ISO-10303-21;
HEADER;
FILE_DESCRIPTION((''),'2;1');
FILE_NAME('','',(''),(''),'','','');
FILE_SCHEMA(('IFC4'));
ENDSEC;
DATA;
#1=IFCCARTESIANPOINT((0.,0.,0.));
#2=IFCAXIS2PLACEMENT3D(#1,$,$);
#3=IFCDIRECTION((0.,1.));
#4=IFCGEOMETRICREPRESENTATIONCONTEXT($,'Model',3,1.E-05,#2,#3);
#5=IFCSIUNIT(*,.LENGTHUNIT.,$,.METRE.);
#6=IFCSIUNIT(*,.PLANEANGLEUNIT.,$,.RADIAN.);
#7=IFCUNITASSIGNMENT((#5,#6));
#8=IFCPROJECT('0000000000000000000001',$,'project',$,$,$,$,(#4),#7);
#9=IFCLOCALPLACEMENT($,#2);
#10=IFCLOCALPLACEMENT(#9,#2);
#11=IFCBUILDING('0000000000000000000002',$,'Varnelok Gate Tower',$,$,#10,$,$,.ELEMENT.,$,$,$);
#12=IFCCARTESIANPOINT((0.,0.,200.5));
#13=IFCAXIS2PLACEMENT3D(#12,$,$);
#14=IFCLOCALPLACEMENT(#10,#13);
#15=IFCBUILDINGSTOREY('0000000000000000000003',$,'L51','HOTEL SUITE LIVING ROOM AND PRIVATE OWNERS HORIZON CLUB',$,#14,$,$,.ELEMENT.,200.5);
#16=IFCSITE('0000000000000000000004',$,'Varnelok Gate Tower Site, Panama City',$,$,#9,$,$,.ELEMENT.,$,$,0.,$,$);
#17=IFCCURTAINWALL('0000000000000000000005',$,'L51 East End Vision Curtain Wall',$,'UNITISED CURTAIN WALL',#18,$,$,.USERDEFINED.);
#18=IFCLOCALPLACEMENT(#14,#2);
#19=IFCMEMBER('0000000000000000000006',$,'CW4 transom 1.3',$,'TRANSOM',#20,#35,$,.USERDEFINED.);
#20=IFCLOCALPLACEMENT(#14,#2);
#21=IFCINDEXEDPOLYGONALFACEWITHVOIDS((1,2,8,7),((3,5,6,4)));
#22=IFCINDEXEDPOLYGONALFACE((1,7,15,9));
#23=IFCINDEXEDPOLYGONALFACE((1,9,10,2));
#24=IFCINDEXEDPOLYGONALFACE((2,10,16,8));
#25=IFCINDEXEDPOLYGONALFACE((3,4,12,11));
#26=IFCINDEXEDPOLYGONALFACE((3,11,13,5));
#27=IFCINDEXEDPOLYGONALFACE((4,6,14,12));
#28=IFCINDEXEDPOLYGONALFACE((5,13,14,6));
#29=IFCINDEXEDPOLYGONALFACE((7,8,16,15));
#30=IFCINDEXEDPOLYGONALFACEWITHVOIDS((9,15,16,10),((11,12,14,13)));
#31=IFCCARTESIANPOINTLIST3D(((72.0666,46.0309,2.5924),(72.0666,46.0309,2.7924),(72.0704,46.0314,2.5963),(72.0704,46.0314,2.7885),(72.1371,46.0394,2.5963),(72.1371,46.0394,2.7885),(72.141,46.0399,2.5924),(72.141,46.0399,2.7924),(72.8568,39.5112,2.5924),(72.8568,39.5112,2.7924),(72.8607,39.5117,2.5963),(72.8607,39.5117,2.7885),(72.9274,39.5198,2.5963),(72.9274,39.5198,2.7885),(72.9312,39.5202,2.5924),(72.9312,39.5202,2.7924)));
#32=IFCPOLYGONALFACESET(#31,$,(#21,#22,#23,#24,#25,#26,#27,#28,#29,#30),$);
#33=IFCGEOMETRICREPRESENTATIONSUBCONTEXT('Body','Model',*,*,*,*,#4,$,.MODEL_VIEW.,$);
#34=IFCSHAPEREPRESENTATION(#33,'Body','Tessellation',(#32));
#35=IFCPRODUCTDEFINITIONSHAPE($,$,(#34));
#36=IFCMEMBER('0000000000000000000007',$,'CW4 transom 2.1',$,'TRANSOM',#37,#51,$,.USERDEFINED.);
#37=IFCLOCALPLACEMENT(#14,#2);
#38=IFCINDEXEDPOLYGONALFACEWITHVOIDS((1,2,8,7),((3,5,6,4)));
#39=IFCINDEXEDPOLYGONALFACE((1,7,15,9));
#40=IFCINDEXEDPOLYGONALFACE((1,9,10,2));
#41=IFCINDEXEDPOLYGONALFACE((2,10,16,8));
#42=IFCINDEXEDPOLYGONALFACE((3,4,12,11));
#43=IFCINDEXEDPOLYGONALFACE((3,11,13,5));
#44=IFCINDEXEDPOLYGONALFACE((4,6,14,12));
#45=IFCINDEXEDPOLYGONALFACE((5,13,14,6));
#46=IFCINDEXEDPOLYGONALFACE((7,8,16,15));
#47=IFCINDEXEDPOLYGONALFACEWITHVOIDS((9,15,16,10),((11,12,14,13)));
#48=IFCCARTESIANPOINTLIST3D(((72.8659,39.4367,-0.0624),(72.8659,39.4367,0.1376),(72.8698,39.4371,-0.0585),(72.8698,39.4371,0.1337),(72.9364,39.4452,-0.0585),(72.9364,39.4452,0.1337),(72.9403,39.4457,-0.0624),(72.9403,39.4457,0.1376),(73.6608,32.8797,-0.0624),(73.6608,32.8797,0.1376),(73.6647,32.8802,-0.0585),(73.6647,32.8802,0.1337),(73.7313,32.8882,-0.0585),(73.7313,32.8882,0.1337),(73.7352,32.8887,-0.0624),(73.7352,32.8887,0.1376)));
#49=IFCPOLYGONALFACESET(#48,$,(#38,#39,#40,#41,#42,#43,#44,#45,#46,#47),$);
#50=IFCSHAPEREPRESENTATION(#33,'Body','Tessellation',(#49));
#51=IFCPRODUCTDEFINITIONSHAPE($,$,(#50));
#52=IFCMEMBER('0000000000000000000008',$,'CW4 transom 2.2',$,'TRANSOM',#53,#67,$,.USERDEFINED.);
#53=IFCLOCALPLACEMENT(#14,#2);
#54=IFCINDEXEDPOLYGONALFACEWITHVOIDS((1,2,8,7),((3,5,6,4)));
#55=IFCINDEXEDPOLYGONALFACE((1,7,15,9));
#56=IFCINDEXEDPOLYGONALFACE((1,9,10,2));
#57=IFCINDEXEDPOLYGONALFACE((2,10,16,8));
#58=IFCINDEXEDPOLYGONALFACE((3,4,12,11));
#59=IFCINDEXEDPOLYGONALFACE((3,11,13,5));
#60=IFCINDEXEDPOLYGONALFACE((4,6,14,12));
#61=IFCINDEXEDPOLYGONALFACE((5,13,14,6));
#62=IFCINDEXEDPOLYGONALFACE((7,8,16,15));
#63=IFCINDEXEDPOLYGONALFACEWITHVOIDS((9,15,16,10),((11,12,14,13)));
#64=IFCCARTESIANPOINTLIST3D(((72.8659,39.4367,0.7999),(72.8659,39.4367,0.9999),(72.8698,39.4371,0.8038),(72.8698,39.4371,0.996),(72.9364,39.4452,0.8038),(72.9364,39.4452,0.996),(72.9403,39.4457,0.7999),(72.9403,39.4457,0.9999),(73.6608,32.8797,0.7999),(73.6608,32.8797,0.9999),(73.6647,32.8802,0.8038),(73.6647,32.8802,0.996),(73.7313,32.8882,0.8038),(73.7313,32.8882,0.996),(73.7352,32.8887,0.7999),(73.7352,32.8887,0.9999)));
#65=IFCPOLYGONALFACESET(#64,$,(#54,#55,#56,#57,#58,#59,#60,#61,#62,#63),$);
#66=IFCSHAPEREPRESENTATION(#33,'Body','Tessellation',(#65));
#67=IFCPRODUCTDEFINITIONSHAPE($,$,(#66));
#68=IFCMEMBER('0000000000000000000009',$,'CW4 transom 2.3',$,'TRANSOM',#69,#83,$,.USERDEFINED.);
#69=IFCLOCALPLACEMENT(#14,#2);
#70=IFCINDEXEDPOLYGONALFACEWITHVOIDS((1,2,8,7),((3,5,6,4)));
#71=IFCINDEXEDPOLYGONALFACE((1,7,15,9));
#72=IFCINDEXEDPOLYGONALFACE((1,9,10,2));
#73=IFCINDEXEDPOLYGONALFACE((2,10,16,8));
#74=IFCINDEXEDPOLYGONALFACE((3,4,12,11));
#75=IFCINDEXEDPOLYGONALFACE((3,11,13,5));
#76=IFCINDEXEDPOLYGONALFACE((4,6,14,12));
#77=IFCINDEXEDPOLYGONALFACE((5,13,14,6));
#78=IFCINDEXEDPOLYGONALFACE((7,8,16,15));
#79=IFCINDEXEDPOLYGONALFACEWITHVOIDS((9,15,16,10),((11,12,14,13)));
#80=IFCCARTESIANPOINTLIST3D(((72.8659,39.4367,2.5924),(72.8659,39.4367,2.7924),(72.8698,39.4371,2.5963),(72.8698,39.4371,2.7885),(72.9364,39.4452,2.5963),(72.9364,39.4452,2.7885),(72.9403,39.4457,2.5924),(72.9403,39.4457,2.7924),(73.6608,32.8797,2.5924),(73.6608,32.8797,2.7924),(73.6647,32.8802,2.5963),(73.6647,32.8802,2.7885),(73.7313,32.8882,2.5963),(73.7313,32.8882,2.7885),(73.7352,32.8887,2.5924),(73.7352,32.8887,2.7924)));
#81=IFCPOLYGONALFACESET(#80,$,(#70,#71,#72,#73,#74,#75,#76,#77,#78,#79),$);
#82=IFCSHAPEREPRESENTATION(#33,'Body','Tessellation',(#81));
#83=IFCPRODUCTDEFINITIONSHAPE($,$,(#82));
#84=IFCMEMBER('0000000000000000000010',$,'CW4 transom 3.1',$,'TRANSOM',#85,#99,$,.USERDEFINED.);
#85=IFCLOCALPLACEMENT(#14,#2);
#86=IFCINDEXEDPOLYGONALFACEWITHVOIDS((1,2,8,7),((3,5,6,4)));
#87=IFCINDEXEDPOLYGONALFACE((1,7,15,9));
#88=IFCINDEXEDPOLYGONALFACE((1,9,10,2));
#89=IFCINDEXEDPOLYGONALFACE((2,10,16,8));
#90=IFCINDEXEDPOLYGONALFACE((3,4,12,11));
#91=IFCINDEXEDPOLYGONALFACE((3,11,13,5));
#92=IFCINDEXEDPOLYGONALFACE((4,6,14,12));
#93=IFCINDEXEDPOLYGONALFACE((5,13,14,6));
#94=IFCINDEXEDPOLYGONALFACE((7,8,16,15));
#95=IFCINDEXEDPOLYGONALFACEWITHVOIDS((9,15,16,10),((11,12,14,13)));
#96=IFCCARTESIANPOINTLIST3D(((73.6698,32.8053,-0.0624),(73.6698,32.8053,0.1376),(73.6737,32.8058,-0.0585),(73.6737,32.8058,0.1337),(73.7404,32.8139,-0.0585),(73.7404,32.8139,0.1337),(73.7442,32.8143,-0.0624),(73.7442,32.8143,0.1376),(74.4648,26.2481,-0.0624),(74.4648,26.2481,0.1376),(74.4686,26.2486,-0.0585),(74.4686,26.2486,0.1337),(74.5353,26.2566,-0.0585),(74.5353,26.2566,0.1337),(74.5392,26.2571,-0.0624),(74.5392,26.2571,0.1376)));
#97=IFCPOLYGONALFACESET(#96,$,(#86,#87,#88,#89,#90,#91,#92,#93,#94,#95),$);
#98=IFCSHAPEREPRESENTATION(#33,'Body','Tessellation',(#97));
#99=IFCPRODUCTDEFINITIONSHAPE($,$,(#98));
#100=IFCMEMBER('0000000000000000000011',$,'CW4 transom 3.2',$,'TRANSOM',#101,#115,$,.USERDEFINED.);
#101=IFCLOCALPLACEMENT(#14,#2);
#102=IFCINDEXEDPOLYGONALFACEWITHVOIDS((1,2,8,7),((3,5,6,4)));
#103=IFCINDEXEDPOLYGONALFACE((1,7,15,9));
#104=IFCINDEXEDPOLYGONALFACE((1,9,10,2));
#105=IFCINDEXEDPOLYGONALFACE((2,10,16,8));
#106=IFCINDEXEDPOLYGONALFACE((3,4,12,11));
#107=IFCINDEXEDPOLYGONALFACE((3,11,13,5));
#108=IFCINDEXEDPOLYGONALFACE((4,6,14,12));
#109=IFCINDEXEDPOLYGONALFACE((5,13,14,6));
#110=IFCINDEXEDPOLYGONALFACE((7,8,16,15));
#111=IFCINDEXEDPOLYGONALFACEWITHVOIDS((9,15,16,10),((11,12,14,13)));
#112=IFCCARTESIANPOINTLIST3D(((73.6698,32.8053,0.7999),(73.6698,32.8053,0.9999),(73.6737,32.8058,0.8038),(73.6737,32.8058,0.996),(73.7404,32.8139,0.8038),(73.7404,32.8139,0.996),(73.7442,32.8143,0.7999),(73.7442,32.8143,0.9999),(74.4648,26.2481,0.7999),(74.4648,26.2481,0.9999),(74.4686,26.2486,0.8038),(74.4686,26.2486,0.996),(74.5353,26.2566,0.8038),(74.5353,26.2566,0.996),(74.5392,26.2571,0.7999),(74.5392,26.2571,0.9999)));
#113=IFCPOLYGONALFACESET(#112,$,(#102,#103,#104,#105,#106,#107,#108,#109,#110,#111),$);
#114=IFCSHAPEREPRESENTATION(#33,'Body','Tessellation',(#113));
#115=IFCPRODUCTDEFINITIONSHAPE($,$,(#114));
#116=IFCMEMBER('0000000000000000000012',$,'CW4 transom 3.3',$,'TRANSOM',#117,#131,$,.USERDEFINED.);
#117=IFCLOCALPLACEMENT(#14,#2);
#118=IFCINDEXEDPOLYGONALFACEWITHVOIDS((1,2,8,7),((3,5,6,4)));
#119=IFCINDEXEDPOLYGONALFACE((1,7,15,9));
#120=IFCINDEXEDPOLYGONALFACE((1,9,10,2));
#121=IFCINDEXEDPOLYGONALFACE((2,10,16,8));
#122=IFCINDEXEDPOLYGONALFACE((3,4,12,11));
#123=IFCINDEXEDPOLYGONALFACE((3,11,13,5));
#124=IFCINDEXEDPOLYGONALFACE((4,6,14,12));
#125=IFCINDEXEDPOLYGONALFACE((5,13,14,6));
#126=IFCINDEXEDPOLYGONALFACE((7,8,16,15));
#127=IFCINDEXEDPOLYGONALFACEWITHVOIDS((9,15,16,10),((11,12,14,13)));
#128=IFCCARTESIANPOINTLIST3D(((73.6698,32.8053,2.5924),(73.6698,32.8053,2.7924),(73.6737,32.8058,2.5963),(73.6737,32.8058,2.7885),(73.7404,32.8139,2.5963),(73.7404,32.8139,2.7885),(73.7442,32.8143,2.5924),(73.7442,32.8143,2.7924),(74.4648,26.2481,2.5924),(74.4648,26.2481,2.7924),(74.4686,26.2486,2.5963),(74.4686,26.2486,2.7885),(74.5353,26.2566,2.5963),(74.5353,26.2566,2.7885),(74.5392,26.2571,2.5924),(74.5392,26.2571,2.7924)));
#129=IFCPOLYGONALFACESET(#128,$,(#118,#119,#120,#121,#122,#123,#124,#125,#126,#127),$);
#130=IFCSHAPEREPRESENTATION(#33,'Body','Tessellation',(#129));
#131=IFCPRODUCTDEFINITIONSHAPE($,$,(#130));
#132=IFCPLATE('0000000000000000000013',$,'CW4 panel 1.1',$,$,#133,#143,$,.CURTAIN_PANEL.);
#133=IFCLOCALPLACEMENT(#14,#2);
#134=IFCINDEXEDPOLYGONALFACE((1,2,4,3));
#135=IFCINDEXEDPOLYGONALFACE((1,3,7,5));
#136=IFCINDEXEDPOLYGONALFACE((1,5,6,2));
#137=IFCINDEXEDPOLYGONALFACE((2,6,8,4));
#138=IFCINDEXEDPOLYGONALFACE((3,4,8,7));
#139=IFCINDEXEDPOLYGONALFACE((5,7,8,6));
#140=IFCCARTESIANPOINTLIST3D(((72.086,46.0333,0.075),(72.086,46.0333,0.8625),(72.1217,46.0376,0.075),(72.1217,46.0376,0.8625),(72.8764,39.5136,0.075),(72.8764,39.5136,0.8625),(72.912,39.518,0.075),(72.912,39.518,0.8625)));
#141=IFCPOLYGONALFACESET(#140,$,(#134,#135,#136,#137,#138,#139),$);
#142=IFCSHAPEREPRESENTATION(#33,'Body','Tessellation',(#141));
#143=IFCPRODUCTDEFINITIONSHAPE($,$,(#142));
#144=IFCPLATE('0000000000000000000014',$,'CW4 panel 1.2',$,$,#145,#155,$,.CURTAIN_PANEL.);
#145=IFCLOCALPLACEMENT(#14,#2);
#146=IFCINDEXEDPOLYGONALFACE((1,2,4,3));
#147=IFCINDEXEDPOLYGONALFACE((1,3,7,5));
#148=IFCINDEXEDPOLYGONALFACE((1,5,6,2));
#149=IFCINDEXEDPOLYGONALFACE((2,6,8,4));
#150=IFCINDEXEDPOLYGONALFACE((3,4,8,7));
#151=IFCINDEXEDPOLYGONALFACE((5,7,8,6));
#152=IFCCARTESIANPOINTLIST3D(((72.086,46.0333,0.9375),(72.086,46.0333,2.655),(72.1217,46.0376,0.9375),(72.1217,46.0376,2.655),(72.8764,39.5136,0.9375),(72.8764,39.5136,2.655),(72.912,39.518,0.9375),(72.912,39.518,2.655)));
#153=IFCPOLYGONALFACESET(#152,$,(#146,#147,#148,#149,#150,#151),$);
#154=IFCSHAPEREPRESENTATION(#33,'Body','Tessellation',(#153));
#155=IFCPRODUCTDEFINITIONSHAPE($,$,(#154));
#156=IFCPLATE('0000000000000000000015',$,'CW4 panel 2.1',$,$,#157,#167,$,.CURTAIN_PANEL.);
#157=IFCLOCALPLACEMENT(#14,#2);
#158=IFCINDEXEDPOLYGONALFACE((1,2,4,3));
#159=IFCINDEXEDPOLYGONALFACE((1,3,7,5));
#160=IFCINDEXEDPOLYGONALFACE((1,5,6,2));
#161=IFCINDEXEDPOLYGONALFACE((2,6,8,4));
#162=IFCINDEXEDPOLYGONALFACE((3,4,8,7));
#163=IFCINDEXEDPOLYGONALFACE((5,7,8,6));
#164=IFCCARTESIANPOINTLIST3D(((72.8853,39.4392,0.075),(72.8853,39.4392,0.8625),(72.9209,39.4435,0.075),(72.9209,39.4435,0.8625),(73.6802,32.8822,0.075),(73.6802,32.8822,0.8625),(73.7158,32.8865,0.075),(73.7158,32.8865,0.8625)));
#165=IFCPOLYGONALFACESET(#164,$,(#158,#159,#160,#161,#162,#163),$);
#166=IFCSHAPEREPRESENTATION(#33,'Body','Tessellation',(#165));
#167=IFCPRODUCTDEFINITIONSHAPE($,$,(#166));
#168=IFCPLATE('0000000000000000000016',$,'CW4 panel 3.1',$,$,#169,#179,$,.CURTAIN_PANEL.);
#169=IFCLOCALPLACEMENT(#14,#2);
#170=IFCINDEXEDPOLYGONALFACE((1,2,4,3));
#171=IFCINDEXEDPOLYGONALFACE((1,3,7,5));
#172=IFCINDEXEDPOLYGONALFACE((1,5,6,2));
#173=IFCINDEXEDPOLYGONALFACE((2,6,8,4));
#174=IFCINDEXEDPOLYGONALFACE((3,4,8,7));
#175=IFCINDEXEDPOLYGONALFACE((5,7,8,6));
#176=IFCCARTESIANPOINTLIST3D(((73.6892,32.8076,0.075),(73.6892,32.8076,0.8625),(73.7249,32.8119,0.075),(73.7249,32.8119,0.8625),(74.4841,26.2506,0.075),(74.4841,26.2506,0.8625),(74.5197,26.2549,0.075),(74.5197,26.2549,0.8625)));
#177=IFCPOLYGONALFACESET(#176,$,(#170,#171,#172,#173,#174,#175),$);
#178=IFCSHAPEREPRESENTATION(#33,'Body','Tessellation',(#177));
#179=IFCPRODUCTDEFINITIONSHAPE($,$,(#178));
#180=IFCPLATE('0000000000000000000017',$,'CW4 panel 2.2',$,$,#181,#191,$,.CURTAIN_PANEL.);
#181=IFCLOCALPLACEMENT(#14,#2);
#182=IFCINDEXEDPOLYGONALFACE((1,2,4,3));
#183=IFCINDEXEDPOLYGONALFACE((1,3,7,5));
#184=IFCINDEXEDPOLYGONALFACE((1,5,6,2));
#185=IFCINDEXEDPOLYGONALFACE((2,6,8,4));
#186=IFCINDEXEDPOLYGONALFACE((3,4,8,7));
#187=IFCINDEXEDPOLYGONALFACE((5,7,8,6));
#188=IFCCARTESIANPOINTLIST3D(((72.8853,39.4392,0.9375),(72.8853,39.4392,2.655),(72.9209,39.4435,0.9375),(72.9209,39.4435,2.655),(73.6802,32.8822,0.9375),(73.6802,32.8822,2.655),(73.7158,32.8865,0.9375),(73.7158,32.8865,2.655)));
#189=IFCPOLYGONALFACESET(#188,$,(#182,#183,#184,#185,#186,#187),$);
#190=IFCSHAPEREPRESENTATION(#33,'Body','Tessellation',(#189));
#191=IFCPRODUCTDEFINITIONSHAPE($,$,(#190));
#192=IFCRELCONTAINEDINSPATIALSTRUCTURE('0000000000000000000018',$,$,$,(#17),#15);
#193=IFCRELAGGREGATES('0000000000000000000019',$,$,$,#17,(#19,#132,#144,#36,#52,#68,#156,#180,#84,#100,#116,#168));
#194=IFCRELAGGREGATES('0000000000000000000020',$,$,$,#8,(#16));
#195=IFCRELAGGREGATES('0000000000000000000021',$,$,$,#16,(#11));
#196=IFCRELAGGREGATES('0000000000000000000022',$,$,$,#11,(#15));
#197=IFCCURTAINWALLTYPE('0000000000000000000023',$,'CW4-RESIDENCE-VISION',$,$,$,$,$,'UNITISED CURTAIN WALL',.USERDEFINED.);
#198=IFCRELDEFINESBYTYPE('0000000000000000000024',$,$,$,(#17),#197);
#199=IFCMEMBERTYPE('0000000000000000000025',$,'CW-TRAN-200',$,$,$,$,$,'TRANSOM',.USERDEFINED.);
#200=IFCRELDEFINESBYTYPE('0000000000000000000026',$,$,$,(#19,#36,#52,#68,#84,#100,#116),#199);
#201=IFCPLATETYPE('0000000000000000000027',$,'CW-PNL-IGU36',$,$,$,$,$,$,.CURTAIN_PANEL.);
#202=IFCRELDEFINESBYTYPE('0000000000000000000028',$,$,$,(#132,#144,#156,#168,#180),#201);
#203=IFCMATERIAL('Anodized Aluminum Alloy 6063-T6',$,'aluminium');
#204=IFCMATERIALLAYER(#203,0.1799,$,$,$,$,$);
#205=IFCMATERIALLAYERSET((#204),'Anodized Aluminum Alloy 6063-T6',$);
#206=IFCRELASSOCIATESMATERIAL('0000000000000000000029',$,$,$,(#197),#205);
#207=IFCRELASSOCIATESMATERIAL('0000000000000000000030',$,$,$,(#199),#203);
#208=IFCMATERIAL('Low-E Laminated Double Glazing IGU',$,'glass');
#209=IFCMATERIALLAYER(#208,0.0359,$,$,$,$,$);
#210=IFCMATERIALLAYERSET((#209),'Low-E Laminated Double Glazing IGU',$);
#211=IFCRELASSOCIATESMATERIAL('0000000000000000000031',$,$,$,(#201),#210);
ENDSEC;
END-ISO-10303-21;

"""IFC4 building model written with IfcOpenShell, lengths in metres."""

from ifc_helpers import new_model, si_unit, direction, frame, origin, origin_2d, place, context, subcontext, project, spatial, rectangle, hollow_rectangle, extrude, source, transform, mapped, material, layer, layer_set, material_profile, profile_set, type_object, element, aggregate, save


model = new_model("IFC4")

# Units and contexts
model_context = context("Model", 3, precision=1e-05, world=origin(), true_north=direction((0.0, 1.0)))
body_context = subcontext(model_context, "Body", "Model", "MODEL_VIEW")
ifc_project = project(units=[si_unit("LENGTHUNIT", "METRE"), si_unit("PLANEANGLEUNIT", "RADIAN")], contexts=[model_context])

# Site, building, storey
site_placement = place(None, origin())
site = spatial("IfcSite", under=ifc_project, at=site_placement, Name="Varnelok Gate Tower Site, Panama City", CompositionType="ELEMENT", RefElevation=0.0)
building_placement = place(site_placement, origin())
building = spatial("IfcBuilding", under=site, at=building_placement, Name="Varnelok Gate Tower", CompositionType="ELEMENT")
storey_placement = place(building_placement, frame((0.0, 0.0, 200.5)))
storey = spatial("IfcBuildingStorey", under=building, at=storey_placement, Name="L51", Description="HOTEL SUITE LIVING ROOM AND PRIVATE OWNERS HORIZON CLUB", CompositionType="ELEMENT", Elevation=200.5)

# Curtain wall, members, plates
ifc_material_1 = material(Name="Anodized Aluminum Alloy 6063-T6", Category="aluminium")
ifc_layer_1 = layer(ifc_material_1, 0.1799)
ifc_layer_set_1 = layer_set([ifc_layer_1], Name="Anodized Aluminum Alloy 6063-T6")
curtain_wall_type = type_object("IfcCurtainWallType", Name="CW4-RESIDENCE-VISION", ElementType="UNITISED CURTAIN WALL", PredefinedType="USERDEFINED", material=ifc_layer_set_1)
curtain_wall_placement = place(storey_placement, origin())
curtain_wall = element("IfcCurtainWall", 1, at=curtain_wall_placement, inside=storey, type_object=curtain_wall_type, Name="L51 East End Vision Curtain Wall", ObjectType="UNITISED CURTAIN WALL", PredefinedType="USERDEFINED")
ifc_material_profile_1 = material_profile(ifc_material_1, hollow_rectangle(XDim=0.075, YDim=0.2, WallThickness=0.0039, at=origin_2d()), Name="ALU200X75X4")
ifc_profile_set_1 = profile_set([ifc_material_profile_1], Name="Anodized Aluminum Alloy 6063-T6")
member_type_1 = type_object("IfcMemberType", Name="CW-TRAN-200", ElementType="TRANSOM", PredefinedType="USERDEFINED", material=ifc_profile_set_1)
member_1_placement = place(storey_placement, frame((72.1038, 46.0354, 2.6924), z_axis=(0.120332, -0.992734, 0.0), x_axis=(0.992734, 0.120332, 0.0)))
member_1 = element("IfcMember", 2, at=member_1_placement, type_object=member_type_1, Name="CW4 transom 1.3", ObjectType="TRANSOM", PredefinedType="USERDEFINED", context=body_context, shape_type="SweptSolid", body=[
    extrude(hollow_rectangle(XDim=0.075, YDim=0.2, WallThickness=0.0039, at=origin_2d()), origin(), (0.0, 0.0, 1.0), 6.5674),
])
member_2_placement = place(storey_placement, frame((72.9031, 39.4412, 0.0376), z_axis=(0.120353, -0.992731, 0.0), x_axis=(0.992731, 0.120353, 0.0)))
member_2 = element("IfcMember", 3, at=member_2_placement, type_object=member_type_1, Name="CW4 transom 2.1", ObjectType="TRANSOM", PredefinedType="USERDEFINED", context=body_context, shape_type="SweptSolid", body=[
    extrude(hollow_rectangle(XDim=0.075, YDim=0.2, WallThickness=0.0039, at=origin_2d()), origin(), (0.0, 0.0, 1.0), 6.605),
])
member_3_placement = place(storey_placement, frame((72.9031, 39.4412, 0.8999), z_axis=(0.120353, -0.992731, 0.0), x_axis=(0.992731, 0.120353, 0.0)))
member_3 = element("IfcMember", 4, at=member_3_placement, type_object=member_type_1, Name="CW4 transom 2.2", ObjectType="TRANSOM", PredefinedType="USERDEFINED", context=body_context, shape_type="SweptSolid", body=[
    extrude(hollow_rectangle(XDim=0.075, YDim=0.2, WallThickness=0.0039, at=origin_2d()), origin(), (0.0, 0.0, 1.0), 6.605),
])
member_4_placement = place(storey_placement, frame((72.9031, 39.4412, 2.6924), z_axis=(0.120353, -0.992731, 0.0), x_axis=(0.992731, 0.120353, 0.0)))
member_4 = element("IfcMember", 5, at=member_4_placement, type_object=member_type_1, Name="CW4 transom 2.3", ObjectType="TRANSOM", PredefinedType="USERDEFINED", context=body_context, shape_type="SweptSolid", body=[
    extrude(hollow_rectangle(XDim=0.075, YDim=0.2, WallThickness=0.0039, at=origin_2d()), origin(), (0.0, 0.0, 1.0), 6.605),
])
member_5_placement = place(storey_placement, frame((73.707, 32.8098, 0.0376), z_axis=(0.120349, -0.992732, 0.0), x_axis=(0.992732, 0.120349, 0.0)))
member_5 = element("IfcMember", 6, at=member_5_placement, type_object=member_type_1, Name="CW4 transom 3.1", ObjectType="TRANSOM", PredefinedType="USERDEFINED", context=body_context, shape_type="SweptSolid", body=[
    extrude(hollow_rectangle(XDim=0.075, YDim=0.2, WallThickness=0.0039, at=origin_2d()), origin(), (0.0, 0.0, 1.0), 6.6052),
])
member_6_placement = place(storey_placement, frame((73.707, 32.8098, 0.8999), z_axis=(0.120349, -0.992732, 0.0), x_axis=(0.992732, 0.120349, 0.0)))
member_6 = element("IfcMember", 7, at=member_6_placement, type_object=member_type_1, Name="CW4 transom 3.2", ObjectType="TRANSOM", PredefinedType="USERDEFINED", context=body_context, shape_type="SweptSolid", body=[
    extrude(hollow_rectangle(XDim=0.075, YDim=0.2, WallThickness=0.0039, at=origin_2d()), origin(), (0.0, 0.0, 1.0), 6.6052),
])
member_7_placement = place(storey_placement, frame((73.707, 32.8098, 2.6924), z_axis=(0.120349, -0.992732, 0.0), x_axis=(0.992732, 0.120349, 0.0)))
member_7 = element("IfcMember", 8, at=member_7_placement, type_object=member_type_1, Name="CW4 transom 3.3", ObjectType="TRANSOM", PredefinedType="USERDEFINED", context=body_context, shape_type="SweptSolid", body=[
    extrude(hollow_rectangle(XDim=0.075, YDim=0.2, WallThickness=0.0039, at=origin_2d()), origin(), (0.0, 0.0, 1.0), 6.6052),
])
ifc_material_2 = material(Name="Low-E Laminated Double Glazing IGU", Category="glass")
ifc_layer_2 = layer(ifc_material_2, 0.0359)
ifc_layer_set_2 = layer_set([ifc_layer_2], Name="Low-E Laminated Double Glazing IGU")
plate_type = type_object("IfcPlateType", Name="CW-PNL-IGU36", PredefinedType="CURTAIN_PANEL", material=ifc_layer_set_2)
shared_shape_1 = source(origin(), body_context, "Body", "SweptSolid", [
    extrude(rectangle(XDim=6.5674, YDim=0.0359, at=origin_2d()), origin(), (0.0, 0.0, 1.0), 0.7876),
])
plate_1_placement = place(storey_placement, frame((72.499, 42.7756, 0.075), z_axis=(0.0, 0.0, 1.0), x_axis=(0.120345, -0.992732, 0.0)))
plate_1 = element("IfcPlate", 9, at=plate_1_placement, type_object=plate_type, Name="CW4 panel 1.1", PredefinedType="CURTAIN_PANEL", context=body_context, shape_type="MappedRepresentation", body=[
    mapped(shared_shape_1, transform((0.0, 0.0, 0.0), scale=1.0)),
])
shared_shape_2 = source(origin(), body_context, "Body", "SweptSolid", [
    extrude(rectangle(XDim=6.5674, YDim=0.0359, at=origin_2d()), origin(), (0.0, 0.0, 1.0), 1.7175),
])
plate_2_placement = place(storey_placement, frame((72.499, 42.7756, 0.9375), z_axis=(0.0, 0.0, 1.0), x_axis=(0.120345, -0.992732, 0.0)))
plate_2 = element("IfcPlate", 10, at=plate_2_placement, type_object=plate_type, Name="CW4 panel 1.2", PredefinedType="CURTAIN_PANEL", context=body_context, shape_type="MappedRepresentation", body=[
    mapped(shared_shape_2, transform((0.0, 0.0, 0.0), scale=1.0)),
])
shared_shape_3 = source(origin(), body_context, "Body", "SweptSolid", [
    extrude(rectangle(XDim=6.605, YDim=0.0359, at=origin_2d()), origin(), (0.0, 0.0, 1.0), 0.7876),
])
plate_3_placement = place(storey_placement, frame((73.3005, 36.1628, 0.075), z_axis=(0.0, 0.0, 1.0), x_axis=(0.120345, -0.992732, 0.0)))
plate_3 = element("IfcPlate", 11, at=plate_3_placement, type_object=plate_type, Name="CW4 panel 2.1", PredefinedType="CURTAIN_PANEL", context=body_context, shape_type="MappedRepresentation", body=[
    mapped(shared_shape_3, transform((0.0, 0.0, 0.0), scale=1.0)),
])
plate_4_placement = place(storey_placement, frame((74.1045, 29.5312, 0.075), z_axis=(0.0, 0.0, 1.0), x_axis=(0.120345, -0.992732, 0.0)))
plate_4 = element("IfcPlate", 12, at=plate_4_placement, type_object=plate_type, Name="CW4 panel 3.1", PredefinedType="CURTAIN_PANEL", context=body_context, shape_type="MappedRepresentation", body=[
    mapped(shared_shape_3, transform((0.0, 0.0, 0.0), scale=1.0)),
])
shared_shape_4 = source(origin(), body_context, "Body", "SweptSolid", [
    extrude(rectangle(XDim=6.605, YDim=0.0359, at=origin_2d()), origin(), (0.0, 0.0, 1.0), 1.7175),
])
plate_5_placement = place(storey_placement, frame((73.3005, 36.1628, 0.9375), z_axis=(0.0, 0.0, 1.0), x_axis=(0.120345, -0.992732, 0.0)))
plate_5 = element("IfcPlate", 13, at=plate_5_placement, type_object=plate_type, Name="CW4 panel 2.2", PredefinedType="CURTAIN_PANEL", context=body_context, shape_type="MappedRepresentation", body=[
    mapped(shared_shape_4, transform((0.0, 0.0, 0.0), scale=1.0)),
])
aggregate(curtain_wall, [member_1, plate_1, plate_2, member_2, member_3, member_4, plate_3, plate_5, member_5, member_6, member_7, plate_4])

save(model, "model.ifc")
